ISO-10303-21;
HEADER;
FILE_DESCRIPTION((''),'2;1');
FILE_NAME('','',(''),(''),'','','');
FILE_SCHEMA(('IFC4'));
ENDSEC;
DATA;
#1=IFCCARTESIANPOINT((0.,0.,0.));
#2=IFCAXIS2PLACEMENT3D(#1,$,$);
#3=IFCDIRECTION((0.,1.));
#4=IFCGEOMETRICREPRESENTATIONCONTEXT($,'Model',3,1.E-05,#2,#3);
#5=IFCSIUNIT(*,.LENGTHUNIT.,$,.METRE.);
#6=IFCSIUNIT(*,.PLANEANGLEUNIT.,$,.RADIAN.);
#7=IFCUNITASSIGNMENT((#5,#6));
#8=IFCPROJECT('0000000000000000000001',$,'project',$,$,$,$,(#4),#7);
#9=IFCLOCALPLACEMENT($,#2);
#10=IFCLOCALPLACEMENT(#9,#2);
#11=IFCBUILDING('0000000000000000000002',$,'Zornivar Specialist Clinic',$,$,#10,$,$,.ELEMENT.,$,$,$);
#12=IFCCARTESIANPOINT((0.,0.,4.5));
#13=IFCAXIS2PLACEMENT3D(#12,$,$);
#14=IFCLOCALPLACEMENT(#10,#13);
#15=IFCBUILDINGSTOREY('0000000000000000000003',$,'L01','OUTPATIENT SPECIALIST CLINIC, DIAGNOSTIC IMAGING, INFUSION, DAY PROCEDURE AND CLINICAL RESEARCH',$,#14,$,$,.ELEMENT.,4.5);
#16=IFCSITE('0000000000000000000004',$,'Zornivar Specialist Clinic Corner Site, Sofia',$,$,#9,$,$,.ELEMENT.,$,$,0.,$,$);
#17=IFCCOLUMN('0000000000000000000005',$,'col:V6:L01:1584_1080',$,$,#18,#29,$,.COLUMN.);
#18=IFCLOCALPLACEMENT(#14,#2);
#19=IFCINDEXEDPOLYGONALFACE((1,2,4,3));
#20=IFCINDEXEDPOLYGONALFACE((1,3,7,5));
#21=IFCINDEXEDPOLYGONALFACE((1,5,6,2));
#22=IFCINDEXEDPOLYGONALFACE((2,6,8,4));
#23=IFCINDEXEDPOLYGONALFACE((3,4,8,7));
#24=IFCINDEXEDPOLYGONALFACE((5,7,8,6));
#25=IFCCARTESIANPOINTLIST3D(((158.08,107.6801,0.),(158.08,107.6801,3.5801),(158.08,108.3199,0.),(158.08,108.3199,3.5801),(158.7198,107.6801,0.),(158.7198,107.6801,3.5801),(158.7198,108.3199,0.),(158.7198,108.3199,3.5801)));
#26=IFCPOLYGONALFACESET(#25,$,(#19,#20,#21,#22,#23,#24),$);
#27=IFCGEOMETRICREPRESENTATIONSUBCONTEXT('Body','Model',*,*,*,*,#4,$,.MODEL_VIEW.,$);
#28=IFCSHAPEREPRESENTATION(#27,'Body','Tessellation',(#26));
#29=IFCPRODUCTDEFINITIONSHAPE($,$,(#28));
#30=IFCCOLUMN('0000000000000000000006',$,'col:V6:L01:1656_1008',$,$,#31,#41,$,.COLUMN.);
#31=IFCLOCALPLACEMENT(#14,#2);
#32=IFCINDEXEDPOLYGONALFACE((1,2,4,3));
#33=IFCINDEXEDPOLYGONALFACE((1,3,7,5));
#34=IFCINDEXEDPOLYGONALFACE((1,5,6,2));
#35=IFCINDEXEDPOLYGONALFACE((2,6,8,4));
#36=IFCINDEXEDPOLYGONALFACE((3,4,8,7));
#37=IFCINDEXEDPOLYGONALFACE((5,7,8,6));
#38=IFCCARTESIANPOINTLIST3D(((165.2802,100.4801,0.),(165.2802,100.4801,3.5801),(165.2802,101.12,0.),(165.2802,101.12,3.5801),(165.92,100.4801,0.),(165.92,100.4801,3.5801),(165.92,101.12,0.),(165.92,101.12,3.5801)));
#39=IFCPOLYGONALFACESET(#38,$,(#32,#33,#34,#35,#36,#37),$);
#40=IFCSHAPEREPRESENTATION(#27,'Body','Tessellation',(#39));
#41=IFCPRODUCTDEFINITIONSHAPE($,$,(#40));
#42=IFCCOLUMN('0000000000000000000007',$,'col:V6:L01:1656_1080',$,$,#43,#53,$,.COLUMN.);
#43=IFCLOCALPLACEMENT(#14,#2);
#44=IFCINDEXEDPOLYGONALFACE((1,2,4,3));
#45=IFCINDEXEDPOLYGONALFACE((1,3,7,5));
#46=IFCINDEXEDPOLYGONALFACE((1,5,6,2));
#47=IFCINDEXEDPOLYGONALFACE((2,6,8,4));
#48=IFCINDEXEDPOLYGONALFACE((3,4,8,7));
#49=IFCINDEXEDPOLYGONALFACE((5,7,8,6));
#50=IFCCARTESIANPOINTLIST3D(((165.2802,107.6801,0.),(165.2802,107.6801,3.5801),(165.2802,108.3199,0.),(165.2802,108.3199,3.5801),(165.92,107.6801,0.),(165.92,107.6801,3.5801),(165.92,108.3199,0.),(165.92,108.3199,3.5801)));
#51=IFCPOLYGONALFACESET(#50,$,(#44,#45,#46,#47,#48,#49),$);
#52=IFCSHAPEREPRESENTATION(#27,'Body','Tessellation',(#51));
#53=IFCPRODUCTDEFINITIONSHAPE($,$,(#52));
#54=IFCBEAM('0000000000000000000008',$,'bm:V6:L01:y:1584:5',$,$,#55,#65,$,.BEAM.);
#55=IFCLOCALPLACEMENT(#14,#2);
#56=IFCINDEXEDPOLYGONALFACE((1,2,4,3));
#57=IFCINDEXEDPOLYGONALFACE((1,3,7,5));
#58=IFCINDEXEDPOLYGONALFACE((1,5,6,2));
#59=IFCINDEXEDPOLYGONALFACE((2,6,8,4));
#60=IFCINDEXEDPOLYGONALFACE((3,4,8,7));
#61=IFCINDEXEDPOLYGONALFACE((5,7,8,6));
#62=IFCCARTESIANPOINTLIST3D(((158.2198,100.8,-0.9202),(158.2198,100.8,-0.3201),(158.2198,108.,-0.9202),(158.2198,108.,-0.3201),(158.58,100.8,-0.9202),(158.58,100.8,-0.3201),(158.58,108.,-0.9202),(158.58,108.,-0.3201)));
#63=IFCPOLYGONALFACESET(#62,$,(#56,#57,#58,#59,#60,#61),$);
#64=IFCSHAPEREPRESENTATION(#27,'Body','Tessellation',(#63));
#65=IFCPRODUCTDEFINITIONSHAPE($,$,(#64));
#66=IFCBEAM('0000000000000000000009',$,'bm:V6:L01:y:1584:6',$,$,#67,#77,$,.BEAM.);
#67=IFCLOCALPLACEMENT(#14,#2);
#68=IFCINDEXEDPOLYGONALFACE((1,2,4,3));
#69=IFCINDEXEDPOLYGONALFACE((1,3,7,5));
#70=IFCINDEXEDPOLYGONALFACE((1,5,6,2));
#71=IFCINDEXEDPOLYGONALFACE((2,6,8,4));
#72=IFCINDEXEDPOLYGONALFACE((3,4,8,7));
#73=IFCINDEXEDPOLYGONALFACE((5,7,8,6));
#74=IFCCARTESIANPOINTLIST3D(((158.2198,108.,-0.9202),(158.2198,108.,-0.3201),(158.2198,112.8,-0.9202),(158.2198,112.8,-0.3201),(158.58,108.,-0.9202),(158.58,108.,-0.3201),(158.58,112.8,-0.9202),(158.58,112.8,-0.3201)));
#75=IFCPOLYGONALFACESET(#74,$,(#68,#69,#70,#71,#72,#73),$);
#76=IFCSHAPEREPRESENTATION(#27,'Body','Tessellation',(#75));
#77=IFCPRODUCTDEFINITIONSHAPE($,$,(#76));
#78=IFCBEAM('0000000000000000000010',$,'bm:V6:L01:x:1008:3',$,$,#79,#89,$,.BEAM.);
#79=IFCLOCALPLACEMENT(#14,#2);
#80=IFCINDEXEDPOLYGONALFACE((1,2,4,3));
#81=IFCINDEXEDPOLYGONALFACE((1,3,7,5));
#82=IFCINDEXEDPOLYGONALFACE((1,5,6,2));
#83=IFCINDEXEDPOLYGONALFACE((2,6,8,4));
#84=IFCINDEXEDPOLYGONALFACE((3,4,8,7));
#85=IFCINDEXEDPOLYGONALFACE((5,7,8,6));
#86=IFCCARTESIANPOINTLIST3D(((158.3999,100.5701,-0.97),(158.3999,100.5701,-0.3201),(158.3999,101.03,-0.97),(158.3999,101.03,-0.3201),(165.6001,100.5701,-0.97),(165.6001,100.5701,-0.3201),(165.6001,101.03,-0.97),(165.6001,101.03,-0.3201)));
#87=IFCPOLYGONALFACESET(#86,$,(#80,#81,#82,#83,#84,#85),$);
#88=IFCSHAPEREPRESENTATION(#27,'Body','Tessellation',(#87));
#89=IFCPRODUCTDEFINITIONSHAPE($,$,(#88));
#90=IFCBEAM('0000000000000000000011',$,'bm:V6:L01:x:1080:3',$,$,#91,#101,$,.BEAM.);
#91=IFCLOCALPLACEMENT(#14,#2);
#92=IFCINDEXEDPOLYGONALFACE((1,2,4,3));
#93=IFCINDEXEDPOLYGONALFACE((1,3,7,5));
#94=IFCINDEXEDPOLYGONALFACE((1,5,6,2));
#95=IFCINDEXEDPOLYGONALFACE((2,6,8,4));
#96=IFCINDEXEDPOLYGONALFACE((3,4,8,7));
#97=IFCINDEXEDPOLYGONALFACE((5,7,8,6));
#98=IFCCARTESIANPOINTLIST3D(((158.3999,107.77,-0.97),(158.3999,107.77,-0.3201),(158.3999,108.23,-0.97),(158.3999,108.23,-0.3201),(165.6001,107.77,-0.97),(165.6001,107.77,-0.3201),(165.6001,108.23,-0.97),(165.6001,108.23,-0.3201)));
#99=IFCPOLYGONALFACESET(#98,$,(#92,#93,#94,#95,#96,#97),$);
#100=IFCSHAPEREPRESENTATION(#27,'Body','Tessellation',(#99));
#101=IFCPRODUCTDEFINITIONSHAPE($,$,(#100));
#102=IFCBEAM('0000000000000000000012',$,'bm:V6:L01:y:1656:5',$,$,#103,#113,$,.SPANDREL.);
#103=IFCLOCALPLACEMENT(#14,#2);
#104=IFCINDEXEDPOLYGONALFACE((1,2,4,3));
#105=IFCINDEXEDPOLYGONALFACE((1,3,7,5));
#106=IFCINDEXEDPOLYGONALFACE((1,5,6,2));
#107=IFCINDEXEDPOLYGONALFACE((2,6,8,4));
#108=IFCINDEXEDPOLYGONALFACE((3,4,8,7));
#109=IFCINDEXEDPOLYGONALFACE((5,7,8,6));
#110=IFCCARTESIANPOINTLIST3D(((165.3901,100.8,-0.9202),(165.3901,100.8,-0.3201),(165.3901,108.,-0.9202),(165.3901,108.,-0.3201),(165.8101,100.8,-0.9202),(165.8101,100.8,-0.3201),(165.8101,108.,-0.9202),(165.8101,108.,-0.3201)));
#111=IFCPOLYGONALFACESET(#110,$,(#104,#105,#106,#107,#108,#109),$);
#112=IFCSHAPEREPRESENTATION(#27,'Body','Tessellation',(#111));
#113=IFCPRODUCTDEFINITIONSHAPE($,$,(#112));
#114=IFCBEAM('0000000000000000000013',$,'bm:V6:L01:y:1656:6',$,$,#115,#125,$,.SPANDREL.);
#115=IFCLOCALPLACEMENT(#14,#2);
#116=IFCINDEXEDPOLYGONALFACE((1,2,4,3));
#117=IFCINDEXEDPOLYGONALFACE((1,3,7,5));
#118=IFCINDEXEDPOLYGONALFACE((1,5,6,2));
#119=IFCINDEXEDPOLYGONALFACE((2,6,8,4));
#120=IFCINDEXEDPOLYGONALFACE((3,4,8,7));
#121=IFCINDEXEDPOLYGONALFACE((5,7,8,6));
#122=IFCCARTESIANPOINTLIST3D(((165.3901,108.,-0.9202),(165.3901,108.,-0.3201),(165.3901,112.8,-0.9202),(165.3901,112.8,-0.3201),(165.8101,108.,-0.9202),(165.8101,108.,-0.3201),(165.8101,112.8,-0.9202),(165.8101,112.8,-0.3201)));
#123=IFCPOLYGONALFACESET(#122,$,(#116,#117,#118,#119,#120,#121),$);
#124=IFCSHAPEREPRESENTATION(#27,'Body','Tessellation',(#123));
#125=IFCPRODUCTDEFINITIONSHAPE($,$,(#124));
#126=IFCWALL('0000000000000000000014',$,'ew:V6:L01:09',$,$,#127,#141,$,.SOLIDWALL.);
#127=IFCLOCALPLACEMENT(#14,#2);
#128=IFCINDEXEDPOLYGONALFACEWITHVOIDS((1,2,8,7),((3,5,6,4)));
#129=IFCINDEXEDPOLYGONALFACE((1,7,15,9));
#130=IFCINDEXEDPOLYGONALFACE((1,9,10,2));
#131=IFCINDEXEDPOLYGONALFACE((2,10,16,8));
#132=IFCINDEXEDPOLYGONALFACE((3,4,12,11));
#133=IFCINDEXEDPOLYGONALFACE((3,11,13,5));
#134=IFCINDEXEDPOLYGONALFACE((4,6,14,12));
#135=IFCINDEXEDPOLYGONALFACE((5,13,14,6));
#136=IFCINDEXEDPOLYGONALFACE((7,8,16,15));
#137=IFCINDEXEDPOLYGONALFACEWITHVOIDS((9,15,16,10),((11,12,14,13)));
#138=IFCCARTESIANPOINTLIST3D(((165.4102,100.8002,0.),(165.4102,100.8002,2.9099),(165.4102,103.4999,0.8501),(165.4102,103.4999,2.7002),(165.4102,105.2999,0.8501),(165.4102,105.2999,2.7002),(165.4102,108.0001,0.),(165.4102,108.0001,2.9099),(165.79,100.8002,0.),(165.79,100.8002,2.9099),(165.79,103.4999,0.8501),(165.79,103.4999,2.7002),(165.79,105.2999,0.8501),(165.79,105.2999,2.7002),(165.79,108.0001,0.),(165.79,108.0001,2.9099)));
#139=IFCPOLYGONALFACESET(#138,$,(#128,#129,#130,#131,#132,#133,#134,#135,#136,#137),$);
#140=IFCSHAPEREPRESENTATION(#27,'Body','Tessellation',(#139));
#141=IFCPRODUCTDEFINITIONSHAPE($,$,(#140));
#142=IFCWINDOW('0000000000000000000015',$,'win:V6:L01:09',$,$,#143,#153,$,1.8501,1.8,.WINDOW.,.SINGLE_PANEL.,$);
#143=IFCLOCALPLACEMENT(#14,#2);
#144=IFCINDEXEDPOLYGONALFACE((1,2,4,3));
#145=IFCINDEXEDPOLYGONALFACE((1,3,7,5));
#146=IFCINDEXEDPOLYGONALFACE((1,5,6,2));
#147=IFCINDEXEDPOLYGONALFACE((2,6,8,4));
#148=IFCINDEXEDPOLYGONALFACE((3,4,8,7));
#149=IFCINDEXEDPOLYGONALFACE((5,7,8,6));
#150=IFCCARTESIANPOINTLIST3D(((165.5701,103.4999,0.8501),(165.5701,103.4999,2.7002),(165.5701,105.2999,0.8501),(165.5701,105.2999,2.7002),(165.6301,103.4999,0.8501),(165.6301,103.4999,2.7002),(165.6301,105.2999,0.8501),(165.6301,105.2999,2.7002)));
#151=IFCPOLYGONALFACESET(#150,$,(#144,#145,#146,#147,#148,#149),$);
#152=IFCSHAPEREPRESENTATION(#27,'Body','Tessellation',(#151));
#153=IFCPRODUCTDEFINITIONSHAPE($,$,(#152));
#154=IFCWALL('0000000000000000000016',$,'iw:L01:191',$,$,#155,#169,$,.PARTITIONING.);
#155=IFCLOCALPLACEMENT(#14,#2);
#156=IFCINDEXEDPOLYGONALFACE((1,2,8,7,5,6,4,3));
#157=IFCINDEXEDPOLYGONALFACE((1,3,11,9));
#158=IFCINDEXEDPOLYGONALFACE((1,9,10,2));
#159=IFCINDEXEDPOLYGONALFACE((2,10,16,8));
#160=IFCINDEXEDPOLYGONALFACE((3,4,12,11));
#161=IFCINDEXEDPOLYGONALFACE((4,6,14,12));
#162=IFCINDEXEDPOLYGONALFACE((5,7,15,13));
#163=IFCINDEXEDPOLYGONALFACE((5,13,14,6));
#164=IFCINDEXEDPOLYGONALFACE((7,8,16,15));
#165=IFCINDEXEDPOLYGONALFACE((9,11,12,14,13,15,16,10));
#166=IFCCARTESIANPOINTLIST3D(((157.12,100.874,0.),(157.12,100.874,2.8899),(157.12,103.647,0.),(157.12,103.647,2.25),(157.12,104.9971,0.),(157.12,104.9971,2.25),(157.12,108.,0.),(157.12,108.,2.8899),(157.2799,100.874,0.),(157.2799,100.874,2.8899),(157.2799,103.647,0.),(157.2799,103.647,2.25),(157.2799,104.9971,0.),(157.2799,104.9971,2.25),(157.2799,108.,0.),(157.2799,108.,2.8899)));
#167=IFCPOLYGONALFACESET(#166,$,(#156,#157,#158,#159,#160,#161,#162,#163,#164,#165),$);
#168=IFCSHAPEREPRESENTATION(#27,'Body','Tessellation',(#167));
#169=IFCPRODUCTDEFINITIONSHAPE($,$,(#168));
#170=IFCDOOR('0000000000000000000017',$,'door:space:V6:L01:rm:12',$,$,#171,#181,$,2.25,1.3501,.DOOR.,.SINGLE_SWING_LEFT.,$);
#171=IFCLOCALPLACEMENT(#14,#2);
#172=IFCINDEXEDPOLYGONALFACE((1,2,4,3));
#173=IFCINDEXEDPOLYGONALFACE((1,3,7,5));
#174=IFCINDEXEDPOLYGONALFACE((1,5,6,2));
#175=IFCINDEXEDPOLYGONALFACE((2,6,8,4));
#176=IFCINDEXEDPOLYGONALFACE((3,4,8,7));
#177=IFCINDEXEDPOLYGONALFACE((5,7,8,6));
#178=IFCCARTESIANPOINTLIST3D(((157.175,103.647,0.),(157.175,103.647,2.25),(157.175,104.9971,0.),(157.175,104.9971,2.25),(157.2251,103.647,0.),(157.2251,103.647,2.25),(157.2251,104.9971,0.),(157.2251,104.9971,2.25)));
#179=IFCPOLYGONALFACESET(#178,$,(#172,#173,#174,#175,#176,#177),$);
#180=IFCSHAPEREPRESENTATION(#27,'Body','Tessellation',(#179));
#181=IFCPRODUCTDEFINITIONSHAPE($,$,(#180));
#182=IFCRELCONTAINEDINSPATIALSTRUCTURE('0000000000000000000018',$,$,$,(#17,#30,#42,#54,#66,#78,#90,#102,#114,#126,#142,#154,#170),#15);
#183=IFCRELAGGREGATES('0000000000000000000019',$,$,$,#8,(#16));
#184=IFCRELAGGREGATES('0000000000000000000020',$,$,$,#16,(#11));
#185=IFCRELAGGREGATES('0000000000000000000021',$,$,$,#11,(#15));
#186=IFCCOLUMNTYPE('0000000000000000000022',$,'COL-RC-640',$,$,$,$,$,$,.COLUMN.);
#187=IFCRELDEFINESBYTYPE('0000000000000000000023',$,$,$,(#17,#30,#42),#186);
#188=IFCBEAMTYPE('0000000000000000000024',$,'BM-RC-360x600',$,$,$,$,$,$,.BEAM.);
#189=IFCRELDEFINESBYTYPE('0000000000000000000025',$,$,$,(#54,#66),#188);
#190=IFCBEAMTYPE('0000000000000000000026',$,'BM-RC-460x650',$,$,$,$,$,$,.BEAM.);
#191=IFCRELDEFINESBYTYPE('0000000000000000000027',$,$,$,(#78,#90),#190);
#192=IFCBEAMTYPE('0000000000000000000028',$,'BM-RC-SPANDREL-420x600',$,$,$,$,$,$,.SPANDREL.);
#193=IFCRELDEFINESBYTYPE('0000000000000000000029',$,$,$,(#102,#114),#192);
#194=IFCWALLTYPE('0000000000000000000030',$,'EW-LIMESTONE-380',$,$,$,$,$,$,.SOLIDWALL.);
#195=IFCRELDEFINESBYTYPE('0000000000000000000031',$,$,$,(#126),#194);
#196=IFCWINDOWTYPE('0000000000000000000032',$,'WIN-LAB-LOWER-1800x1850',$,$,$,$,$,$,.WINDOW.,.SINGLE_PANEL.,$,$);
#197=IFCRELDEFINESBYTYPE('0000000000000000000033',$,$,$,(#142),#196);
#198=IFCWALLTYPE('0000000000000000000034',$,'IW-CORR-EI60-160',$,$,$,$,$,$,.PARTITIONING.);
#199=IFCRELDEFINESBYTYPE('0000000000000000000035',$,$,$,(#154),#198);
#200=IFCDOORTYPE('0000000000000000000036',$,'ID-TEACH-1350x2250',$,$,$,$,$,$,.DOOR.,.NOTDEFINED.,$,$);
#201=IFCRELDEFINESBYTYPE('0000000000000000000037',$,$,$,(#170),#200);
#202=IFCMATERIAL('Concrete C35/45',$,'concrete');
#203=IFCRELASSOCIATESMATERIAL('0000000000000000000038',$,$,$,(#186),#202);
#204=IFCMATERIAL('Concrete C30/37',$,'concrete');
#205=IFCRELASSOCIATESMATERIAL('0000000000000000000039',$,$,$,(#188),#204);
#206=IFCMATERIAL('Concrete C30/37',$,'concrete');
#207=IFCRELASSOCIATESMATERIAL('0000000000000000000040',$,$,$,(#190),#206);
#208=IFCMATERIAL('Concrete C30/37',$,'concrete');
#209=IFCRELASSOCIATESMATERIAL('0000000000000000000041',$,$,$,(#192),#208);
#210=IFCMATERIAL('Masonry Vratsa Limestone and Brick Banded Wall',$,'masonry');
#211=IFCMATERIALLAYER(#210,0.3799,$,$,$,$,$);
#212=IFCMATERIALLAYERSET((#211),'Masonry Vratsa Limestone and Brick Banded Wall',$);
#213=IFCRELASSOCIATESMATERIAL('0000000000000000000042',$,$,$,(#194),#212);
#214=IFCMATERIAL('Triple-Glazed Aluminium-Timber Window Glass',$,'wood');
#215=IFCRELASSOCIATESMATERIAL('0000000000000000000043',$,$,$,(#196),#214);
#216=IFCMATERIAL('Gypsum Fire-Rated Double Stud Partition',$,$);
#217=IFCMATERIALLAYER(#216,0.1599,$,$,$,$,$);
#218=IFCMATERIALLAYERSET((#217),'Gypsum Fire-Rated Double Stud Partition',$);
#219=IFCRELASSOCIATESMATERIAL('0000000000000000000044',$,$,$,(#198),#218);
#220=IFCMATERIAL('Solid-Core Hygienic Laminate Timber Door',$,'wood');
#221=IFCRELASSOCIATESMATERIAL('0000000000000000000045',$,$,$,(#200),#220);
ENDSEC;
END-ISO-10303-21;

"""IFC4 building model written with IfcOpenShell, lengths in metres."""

from ifc_helpers import new_model, si_unit, direction, frame, frame_2d, origin, origin_2d, place, context, subcontext, project, spatial, rectangle, extrude, material, layer, layer_set, material_profile, profile_set, type_object, element, fill, save


model = new_model("IFC4")

# Units and contexts
model_context = context("Model", 3, precision=1e-05, world=origin(), true_north=direction((0.0, 1.0)))
body_context = subcontext(model_context, "Body", "Model", "MODEL_VIEW")
ifc_project = project(units=[si_unit("LENGTHUNIT", "METRE"), si_unit("PLANEANGLEUNIT", "RADIAN")], contexts=[model_context])

# Site, building, storey
site_placement = place(None, origin())
site = spatial("IfcSite", under=ifc_project, at=site_placement, Name="Zornivar Specialist Clinic Corner Site, Sofia", CompositionType="ELEMENT", RefElevation=0.0)
building_placement = place(site_placement, origin())
building = spatial("IfcBuilding", under=site, at=building_placement, Name="Zornivar Specialist Clinic", CompositionType="ELEMENT")
storey_placement = place(building_placement, frame((0.0, 0.0, 4.5)))
storey = spatial("IfcBuildingStorey", under=building, at=storey_placement, Name="L01", Description="OUTPATIENT SPECIALIST CLINIC, DIAGNOSTIC IMAGING, INFUSION, DAY PROCEDURE AND CLINICAL RESEARCH", CompositionType="ELEMENT", Elevation=4.5)

# Columns
ifc_material_1 = material(Name="Concrete C35/45", Category="concrete")
ifc_material_profile_1 = material_profile(ifc_material_1, rectangle(XDim=0.6399, YDim=0.6399, at=origin_2d()), Name="RC 640x640")
ifc_profile_set_1 = profile_set([ifc_material_profile_1], Name="Concrete C35/45")
column_type = type_object("IfcColumnType", Name="COL-RC-640", PredefinedType="COLUMN", material=ifc_profile_set_1)
for number, where, z_axis, x_axis, name in (
    (1, (158.3999, 108.0, 0.0), (0.0, 0.0, 1.0), (1.0, 0.0, 0.0), "col:V6:L01:1584_1080"),
    (2, (165.6001, 100.8, 0.0), (0.0, 0.0, 1.0), (1.0, 0.0, 0.0), "col:V6:L01:1656_1008"),
    (3, (165.6001, 108.0, 0.0), (0.0, 0.0, 1.0), (1.0, 0.0, 0.0), "col:V6:L01:1656_1080"),
):
    element("IfcColumn", number, at=place(storey_placement, frame(where, z_axis=z_axis, x_axis=x_axis)), inside=storey, type_object=column_type, Name=name, PredefinedType="COLUMN", context=body_context, shape_type="SweptSolid", body=[
        extrude(rectangle(XDim=0.6399, YDim=0.6399, at=origin_2d()), origin(), (0.0, 0.0, 1.0), 3.5801),
    ])

# Beams
ifc_material_2 = material(Name="Concrete C30/37", Category="concrete")
ifc_material_profile_2 = material_profile(ifc_material_2, rectangle(XDim=0.3601, YDim=0.6001, at=origin_2d()), Name="RC 360x600")
ifc_profile_set_2 = profile_set([ifc_material_profile_2], Name="Concrete C30/37")
beam_type_1 = type_object("IfcBeamType", Name="BM-RC-360x600", PredefinedType="BEAM", material=ifc_profile_set_2)
beam_1_placement = place(storey_placement, frame((158.3999, 100.8, -0.6201), z_axis=(0.0, 1.0, 0.0), x_axis=(-1.0, 0.0, 0.0)))
element("IfcBeam", 4, at=beam_1_placement, inside=storey, type_object=beam_type_1, Name="bm:V6:L01:y:1584:5", PredefinedType="BEAM", context=body_context, shape_type="SweptSolid", body=[
    extrude(rectangle(XDim=0.3601, YDim=0.6001, at=origin_2d()), origin(), (0.0, 0.0, 1.0), 7.2),
])
beam_2_placement = place(storey_placement, frame((158.3999, 108.0, -0.6201), z_axis=(0.0, 1.0, 0.0), x_axis=(-1.0, 0.0, 0.0)))
element("IfcBeam", 5, at=beam_2_placement, inside=storey, type_object=beam_type_1, Name="bm:V6:L01:y:1584:6", PredefinedType="BEAM", context=body_context, shape_type="SweptSolid", body=[
    extrude(rectangle(XDim=0.3601, YDim=0.6001, at=origin_2d()), origin(), (0.0, 0.0, 1.0), 4.8),
])
ifc_material_3 = material(Name="Concrete C30/37", Category="concrete")
ifc_material_profile_3 = material_profile(ifc_material_3, rectangle(XDim=0.46, YDim=0.6499, at=origin_2d()), Name="RC 460x650")
ifc_profile_set_3 = profile_set([ifc_material_profile_3], Name="Concrete C30/37")
beam_type_2 = type_object("IfcBeamType", Name="BM-RC-460x650", PredefinedType="BEAM", material=ifc_profile_set_3)
for number, where, z_axis, x_axis, name in (
    (6, (158.3999, 100.8, -0.645), (1.0, 0.0, 0.0), (0.0, 1.0, 0.0), "bm:V6:L01:x:1008:3"),
    (7, (158.3999, 108.0, -0.645), (1.0, 0.0, 0.0), (0.0, 1.0, 0.0), "bm:V6:L01:x:1080:3"),
):
    element("IfcBeam", number, at=place(storey_placement, frame(where, z_axis=z_axis, x_axis=x_axis)), inside=storey, type_object=beam_type_2, Name=name, PredefinedType="BEAM", context=body_context, shape_type="SweptSolid", body=[
        extrude(rectangle(XDim=0.46, YDim=0.6499, at=origin_2d()), origin(), (0.0, 0.0, 1.0), 7.2002),
    ])
ifc_material_4 = material(Name="Concrete C30/37", Category="concrete")
ifc_material_profile_4 = material_profile(ifc_material_4, rectangle(XDim=0.4199, YDim=0.6001, at=origin_2d()), Name="RC 420x600")
ifc_profile_set_4 = profile_set([ifc_material_profile_4], Name="Concrete C30/37")
beam_type_3 = type_object("IfcBeamType", Name="BM-RC-SPANDREL-420x600", PredefinedType="SPANDREL", material=ifc_profile_set_4)
beam_3_placement = place(storey_placement, frame((165.6001, 100.8, -0.6201), z_axis=(0.0, 1.0, 0.0), x_axis=(-1.0, 0.0, 0.0)))
element("IfcBeam", 8, at=beam_3_placement, inside=storey, type_object=beam_type_3, Name="bm:V6:L01:y:1656:5", PredefinedType="SPANDREL", context=body_context, shape_type="SweptSolid", body=[
    extrude(rectangle(XDim=0.4199, YDim=0.6001, at=origin_2d()), origin(), (0.0, 0.0, 1.0), 7.2),
])
beam_4_placement = place(storey_placement, frame((165.6001, 108.0, -0.6201), z_axis=(0.0, 1.0, 0.0), x_axis=(-1.0, 0.0, 0.0)))
element("IfcBeam", 9, at=beam_4_placement, inside=storey, type_object=beam_type_3, Name="bm:V6:L01:y:1656:6", PredefinedType="SPANDREL", context=body_context, shape_type="SweptSolid", body=[
    extrude(rectangle(XDim=0.4199, YDim=0.6001, at=origin_2d()), origin(), (0.0, 0.0, 1.0), 4.8),
])

# Wall, opening, window
ifc_material_5 = material(Name="Masonry Vratsa Limestone and Brick Banded Wall", Category="masonry")
ifc_layer_1 = layer(ifc_material_5, 0.3799)
ifc_layer_set_1 = layer_set([ifc_layer_1], Name="Masonry Vratsa Limestone and Brick Banded Wall")
wall_type_1 = type_object("IfcWallType", Name="EW-LIMESTONE-380", PredefinedType="SOLIDWALL", material=ifc_layer_set_1)
wall_1_placement = place(storey_placement, frame((165.6001, 100.8, 0.0), z_axis=(0.0, 0.0, 1.0), x_axis=(0.0, 1.0, 0.0)))
wall_1 = element("IfcWall", 10, at=wall_1_placement, inside=storey, type_object=wall_type_1, Name="ew:V6:L01:09", PredefinedType="SOLIDWALL", context=body_context, shape_type="SweptSolid", body=[
    extrude(rectangle(XDim=7.2, YDim=0.3799, at=frame_2d((3.6001, 0.0))), origin(), (0.0, 0.0, 1.0), 2.9099),
])
opening_1_placement = place(wall_1_placement, frame((2.7, 0.0, 0.8501)))
opening_1 = element("IfcOpeningElement", 11, at=opening_1_placement, cuts=wall_1, PredefinedType="OPENING", context=body_context, shape_type="SweptSolid", body=[
    extrude(rectangle(XDim=1.8, YDim=1.8501, at=frame_2d((0.8999, 0.925))), frame((0.0, 0.2, 0.0), z_axis=(0.0, -1.0, 0.0), x_axis=(1.0, 0.0, 0.0)), (0.0, 0.0, 1.0), 0.3999),
])
ifc_material_6 = material(Name="Triple-Glazed Aluminium-Timber Window Glass", Category="wood")
window_type = type_object("IfcWindowType", Name="WIN-LAB-LOWER-1800x1850", PartitioningType="SINGLE_PANEL", PredefinedType="WINDOW", material=ifc_material_6)
window_placement = place(opening_1_placement, origin())
window = element("IfcWindow", 12, at=window_placement, inside=storey, type_object=window_type, Name="win:V6:L01:09", OverallHeight=1.8501, OverallWidth=1.8, PartitioningType="SINGLE_PANEL", PredefinedType="WINDOW", context=body_context, shape_type="SweptSolid", body=[
    extrude(rectangle(XDim=1.8, YDim=1.8501, at=frame_2d((0.8999, 0.925))), frame((0.0, 0.03, 0.0), z_axis=(0.0, -1.0, 0.0), x_axis=(1.0, 0.0, 0.0)), (0.0, 0.0, 1.0), 0.0601),
])
fill(opening_1, window)

# Wall, opening, door
ifc_material_7 = material(Name="Gypsum Fire-Rated Double Stud Partition")
ifc_layer_2 = layer(ifc_material_7, 0.1599)
ifc_layer_set_2 = layer_set([ifc_layer_2], Name="Gypsum Fire-Rated Double Stud Partition")
wall_type_2 = type_object("IfcWallType", Name="IW-CORR-EI60-160", PredefinedType="PARTITIONING", material=ifc_layer_set_2)
wall_2_placement = place(storey_placement, frame((157.2, 100.874, 0.0), z_axis=(0.0, 0.0, 1.0), x_axis=(0.0, 1.0, 0.0)))
wall_2 = element("IfcWall", 13, at=wall_2_placement, inside=storey, type_object=wall_type_2, Name="iw:L01:191", PredefinedType="PARTITIONING", context=body_context, shape_type="SweptSolid", body=[
    extrude(rectangle(XDim=7.126, YDim=0.1599, at=frame_2d((3.563, 0.0))), origin(), (0.0, 0.0, 1.0), 2.8899),
])
opening_2_placement = place(wall_2_placement, frame((2.7729, 0.0, 0.0)))
opening_2 = element("IfcOpeningElement", 14, at=opening_2_placement, cuts=wall_2, PredefinedType="OPENING", context=body_context, shape_type="SweptSolid", body=[
    extrude(rectangle(XDim=1.3501, YDim=2.25, at=frame_2d((0.675, 1.125))), frame((0.0, 0.0898, 0.0), z_axis=(0.0, -1.0, 0.0), x_axis=(1.0, 0.0, 0.0)), (0.0, 0.0, 1.0), 0.1799),
])
ifc_material_8 = material(Name="Solid-Core Hygienic Laminate Timber Door", Category="wood")
door_type_1 = type_object("IfcDoorType", Name="ID-TEACH-1350x2250", OperationType="NOTDEFINED", PredefinedType="DOOR", material=ifc_material_8)
door_1_placement = place(opening_2_placement, origin())
door_1 = element("IfcDoor", 15, at=door_1_placement, inside=storey, type_object=door_type_1, Name="door:space:V6:L01:rm:12", OperationType="SINGLE_SWING_LEFT", OverallHeight=2.25, OverallWidth=1.3501, PredefinedType="DOOR", context=body_context, shape_type="SweptSolid", body=[
    extrude(rectangle(XDim=1.3501, YDim=2.25, at=frame_2d((0.675, 1.125))), frame((0.0, 0.0249, 0.0), z_axis=(0.0, -1.0, 0.0), x_axis=(1.0, 0.0, 0.0)), (0.0, 0.0, 1.0), 0.05),
])
fill(opening_2, door_1)

save(model, "model.ifc")
